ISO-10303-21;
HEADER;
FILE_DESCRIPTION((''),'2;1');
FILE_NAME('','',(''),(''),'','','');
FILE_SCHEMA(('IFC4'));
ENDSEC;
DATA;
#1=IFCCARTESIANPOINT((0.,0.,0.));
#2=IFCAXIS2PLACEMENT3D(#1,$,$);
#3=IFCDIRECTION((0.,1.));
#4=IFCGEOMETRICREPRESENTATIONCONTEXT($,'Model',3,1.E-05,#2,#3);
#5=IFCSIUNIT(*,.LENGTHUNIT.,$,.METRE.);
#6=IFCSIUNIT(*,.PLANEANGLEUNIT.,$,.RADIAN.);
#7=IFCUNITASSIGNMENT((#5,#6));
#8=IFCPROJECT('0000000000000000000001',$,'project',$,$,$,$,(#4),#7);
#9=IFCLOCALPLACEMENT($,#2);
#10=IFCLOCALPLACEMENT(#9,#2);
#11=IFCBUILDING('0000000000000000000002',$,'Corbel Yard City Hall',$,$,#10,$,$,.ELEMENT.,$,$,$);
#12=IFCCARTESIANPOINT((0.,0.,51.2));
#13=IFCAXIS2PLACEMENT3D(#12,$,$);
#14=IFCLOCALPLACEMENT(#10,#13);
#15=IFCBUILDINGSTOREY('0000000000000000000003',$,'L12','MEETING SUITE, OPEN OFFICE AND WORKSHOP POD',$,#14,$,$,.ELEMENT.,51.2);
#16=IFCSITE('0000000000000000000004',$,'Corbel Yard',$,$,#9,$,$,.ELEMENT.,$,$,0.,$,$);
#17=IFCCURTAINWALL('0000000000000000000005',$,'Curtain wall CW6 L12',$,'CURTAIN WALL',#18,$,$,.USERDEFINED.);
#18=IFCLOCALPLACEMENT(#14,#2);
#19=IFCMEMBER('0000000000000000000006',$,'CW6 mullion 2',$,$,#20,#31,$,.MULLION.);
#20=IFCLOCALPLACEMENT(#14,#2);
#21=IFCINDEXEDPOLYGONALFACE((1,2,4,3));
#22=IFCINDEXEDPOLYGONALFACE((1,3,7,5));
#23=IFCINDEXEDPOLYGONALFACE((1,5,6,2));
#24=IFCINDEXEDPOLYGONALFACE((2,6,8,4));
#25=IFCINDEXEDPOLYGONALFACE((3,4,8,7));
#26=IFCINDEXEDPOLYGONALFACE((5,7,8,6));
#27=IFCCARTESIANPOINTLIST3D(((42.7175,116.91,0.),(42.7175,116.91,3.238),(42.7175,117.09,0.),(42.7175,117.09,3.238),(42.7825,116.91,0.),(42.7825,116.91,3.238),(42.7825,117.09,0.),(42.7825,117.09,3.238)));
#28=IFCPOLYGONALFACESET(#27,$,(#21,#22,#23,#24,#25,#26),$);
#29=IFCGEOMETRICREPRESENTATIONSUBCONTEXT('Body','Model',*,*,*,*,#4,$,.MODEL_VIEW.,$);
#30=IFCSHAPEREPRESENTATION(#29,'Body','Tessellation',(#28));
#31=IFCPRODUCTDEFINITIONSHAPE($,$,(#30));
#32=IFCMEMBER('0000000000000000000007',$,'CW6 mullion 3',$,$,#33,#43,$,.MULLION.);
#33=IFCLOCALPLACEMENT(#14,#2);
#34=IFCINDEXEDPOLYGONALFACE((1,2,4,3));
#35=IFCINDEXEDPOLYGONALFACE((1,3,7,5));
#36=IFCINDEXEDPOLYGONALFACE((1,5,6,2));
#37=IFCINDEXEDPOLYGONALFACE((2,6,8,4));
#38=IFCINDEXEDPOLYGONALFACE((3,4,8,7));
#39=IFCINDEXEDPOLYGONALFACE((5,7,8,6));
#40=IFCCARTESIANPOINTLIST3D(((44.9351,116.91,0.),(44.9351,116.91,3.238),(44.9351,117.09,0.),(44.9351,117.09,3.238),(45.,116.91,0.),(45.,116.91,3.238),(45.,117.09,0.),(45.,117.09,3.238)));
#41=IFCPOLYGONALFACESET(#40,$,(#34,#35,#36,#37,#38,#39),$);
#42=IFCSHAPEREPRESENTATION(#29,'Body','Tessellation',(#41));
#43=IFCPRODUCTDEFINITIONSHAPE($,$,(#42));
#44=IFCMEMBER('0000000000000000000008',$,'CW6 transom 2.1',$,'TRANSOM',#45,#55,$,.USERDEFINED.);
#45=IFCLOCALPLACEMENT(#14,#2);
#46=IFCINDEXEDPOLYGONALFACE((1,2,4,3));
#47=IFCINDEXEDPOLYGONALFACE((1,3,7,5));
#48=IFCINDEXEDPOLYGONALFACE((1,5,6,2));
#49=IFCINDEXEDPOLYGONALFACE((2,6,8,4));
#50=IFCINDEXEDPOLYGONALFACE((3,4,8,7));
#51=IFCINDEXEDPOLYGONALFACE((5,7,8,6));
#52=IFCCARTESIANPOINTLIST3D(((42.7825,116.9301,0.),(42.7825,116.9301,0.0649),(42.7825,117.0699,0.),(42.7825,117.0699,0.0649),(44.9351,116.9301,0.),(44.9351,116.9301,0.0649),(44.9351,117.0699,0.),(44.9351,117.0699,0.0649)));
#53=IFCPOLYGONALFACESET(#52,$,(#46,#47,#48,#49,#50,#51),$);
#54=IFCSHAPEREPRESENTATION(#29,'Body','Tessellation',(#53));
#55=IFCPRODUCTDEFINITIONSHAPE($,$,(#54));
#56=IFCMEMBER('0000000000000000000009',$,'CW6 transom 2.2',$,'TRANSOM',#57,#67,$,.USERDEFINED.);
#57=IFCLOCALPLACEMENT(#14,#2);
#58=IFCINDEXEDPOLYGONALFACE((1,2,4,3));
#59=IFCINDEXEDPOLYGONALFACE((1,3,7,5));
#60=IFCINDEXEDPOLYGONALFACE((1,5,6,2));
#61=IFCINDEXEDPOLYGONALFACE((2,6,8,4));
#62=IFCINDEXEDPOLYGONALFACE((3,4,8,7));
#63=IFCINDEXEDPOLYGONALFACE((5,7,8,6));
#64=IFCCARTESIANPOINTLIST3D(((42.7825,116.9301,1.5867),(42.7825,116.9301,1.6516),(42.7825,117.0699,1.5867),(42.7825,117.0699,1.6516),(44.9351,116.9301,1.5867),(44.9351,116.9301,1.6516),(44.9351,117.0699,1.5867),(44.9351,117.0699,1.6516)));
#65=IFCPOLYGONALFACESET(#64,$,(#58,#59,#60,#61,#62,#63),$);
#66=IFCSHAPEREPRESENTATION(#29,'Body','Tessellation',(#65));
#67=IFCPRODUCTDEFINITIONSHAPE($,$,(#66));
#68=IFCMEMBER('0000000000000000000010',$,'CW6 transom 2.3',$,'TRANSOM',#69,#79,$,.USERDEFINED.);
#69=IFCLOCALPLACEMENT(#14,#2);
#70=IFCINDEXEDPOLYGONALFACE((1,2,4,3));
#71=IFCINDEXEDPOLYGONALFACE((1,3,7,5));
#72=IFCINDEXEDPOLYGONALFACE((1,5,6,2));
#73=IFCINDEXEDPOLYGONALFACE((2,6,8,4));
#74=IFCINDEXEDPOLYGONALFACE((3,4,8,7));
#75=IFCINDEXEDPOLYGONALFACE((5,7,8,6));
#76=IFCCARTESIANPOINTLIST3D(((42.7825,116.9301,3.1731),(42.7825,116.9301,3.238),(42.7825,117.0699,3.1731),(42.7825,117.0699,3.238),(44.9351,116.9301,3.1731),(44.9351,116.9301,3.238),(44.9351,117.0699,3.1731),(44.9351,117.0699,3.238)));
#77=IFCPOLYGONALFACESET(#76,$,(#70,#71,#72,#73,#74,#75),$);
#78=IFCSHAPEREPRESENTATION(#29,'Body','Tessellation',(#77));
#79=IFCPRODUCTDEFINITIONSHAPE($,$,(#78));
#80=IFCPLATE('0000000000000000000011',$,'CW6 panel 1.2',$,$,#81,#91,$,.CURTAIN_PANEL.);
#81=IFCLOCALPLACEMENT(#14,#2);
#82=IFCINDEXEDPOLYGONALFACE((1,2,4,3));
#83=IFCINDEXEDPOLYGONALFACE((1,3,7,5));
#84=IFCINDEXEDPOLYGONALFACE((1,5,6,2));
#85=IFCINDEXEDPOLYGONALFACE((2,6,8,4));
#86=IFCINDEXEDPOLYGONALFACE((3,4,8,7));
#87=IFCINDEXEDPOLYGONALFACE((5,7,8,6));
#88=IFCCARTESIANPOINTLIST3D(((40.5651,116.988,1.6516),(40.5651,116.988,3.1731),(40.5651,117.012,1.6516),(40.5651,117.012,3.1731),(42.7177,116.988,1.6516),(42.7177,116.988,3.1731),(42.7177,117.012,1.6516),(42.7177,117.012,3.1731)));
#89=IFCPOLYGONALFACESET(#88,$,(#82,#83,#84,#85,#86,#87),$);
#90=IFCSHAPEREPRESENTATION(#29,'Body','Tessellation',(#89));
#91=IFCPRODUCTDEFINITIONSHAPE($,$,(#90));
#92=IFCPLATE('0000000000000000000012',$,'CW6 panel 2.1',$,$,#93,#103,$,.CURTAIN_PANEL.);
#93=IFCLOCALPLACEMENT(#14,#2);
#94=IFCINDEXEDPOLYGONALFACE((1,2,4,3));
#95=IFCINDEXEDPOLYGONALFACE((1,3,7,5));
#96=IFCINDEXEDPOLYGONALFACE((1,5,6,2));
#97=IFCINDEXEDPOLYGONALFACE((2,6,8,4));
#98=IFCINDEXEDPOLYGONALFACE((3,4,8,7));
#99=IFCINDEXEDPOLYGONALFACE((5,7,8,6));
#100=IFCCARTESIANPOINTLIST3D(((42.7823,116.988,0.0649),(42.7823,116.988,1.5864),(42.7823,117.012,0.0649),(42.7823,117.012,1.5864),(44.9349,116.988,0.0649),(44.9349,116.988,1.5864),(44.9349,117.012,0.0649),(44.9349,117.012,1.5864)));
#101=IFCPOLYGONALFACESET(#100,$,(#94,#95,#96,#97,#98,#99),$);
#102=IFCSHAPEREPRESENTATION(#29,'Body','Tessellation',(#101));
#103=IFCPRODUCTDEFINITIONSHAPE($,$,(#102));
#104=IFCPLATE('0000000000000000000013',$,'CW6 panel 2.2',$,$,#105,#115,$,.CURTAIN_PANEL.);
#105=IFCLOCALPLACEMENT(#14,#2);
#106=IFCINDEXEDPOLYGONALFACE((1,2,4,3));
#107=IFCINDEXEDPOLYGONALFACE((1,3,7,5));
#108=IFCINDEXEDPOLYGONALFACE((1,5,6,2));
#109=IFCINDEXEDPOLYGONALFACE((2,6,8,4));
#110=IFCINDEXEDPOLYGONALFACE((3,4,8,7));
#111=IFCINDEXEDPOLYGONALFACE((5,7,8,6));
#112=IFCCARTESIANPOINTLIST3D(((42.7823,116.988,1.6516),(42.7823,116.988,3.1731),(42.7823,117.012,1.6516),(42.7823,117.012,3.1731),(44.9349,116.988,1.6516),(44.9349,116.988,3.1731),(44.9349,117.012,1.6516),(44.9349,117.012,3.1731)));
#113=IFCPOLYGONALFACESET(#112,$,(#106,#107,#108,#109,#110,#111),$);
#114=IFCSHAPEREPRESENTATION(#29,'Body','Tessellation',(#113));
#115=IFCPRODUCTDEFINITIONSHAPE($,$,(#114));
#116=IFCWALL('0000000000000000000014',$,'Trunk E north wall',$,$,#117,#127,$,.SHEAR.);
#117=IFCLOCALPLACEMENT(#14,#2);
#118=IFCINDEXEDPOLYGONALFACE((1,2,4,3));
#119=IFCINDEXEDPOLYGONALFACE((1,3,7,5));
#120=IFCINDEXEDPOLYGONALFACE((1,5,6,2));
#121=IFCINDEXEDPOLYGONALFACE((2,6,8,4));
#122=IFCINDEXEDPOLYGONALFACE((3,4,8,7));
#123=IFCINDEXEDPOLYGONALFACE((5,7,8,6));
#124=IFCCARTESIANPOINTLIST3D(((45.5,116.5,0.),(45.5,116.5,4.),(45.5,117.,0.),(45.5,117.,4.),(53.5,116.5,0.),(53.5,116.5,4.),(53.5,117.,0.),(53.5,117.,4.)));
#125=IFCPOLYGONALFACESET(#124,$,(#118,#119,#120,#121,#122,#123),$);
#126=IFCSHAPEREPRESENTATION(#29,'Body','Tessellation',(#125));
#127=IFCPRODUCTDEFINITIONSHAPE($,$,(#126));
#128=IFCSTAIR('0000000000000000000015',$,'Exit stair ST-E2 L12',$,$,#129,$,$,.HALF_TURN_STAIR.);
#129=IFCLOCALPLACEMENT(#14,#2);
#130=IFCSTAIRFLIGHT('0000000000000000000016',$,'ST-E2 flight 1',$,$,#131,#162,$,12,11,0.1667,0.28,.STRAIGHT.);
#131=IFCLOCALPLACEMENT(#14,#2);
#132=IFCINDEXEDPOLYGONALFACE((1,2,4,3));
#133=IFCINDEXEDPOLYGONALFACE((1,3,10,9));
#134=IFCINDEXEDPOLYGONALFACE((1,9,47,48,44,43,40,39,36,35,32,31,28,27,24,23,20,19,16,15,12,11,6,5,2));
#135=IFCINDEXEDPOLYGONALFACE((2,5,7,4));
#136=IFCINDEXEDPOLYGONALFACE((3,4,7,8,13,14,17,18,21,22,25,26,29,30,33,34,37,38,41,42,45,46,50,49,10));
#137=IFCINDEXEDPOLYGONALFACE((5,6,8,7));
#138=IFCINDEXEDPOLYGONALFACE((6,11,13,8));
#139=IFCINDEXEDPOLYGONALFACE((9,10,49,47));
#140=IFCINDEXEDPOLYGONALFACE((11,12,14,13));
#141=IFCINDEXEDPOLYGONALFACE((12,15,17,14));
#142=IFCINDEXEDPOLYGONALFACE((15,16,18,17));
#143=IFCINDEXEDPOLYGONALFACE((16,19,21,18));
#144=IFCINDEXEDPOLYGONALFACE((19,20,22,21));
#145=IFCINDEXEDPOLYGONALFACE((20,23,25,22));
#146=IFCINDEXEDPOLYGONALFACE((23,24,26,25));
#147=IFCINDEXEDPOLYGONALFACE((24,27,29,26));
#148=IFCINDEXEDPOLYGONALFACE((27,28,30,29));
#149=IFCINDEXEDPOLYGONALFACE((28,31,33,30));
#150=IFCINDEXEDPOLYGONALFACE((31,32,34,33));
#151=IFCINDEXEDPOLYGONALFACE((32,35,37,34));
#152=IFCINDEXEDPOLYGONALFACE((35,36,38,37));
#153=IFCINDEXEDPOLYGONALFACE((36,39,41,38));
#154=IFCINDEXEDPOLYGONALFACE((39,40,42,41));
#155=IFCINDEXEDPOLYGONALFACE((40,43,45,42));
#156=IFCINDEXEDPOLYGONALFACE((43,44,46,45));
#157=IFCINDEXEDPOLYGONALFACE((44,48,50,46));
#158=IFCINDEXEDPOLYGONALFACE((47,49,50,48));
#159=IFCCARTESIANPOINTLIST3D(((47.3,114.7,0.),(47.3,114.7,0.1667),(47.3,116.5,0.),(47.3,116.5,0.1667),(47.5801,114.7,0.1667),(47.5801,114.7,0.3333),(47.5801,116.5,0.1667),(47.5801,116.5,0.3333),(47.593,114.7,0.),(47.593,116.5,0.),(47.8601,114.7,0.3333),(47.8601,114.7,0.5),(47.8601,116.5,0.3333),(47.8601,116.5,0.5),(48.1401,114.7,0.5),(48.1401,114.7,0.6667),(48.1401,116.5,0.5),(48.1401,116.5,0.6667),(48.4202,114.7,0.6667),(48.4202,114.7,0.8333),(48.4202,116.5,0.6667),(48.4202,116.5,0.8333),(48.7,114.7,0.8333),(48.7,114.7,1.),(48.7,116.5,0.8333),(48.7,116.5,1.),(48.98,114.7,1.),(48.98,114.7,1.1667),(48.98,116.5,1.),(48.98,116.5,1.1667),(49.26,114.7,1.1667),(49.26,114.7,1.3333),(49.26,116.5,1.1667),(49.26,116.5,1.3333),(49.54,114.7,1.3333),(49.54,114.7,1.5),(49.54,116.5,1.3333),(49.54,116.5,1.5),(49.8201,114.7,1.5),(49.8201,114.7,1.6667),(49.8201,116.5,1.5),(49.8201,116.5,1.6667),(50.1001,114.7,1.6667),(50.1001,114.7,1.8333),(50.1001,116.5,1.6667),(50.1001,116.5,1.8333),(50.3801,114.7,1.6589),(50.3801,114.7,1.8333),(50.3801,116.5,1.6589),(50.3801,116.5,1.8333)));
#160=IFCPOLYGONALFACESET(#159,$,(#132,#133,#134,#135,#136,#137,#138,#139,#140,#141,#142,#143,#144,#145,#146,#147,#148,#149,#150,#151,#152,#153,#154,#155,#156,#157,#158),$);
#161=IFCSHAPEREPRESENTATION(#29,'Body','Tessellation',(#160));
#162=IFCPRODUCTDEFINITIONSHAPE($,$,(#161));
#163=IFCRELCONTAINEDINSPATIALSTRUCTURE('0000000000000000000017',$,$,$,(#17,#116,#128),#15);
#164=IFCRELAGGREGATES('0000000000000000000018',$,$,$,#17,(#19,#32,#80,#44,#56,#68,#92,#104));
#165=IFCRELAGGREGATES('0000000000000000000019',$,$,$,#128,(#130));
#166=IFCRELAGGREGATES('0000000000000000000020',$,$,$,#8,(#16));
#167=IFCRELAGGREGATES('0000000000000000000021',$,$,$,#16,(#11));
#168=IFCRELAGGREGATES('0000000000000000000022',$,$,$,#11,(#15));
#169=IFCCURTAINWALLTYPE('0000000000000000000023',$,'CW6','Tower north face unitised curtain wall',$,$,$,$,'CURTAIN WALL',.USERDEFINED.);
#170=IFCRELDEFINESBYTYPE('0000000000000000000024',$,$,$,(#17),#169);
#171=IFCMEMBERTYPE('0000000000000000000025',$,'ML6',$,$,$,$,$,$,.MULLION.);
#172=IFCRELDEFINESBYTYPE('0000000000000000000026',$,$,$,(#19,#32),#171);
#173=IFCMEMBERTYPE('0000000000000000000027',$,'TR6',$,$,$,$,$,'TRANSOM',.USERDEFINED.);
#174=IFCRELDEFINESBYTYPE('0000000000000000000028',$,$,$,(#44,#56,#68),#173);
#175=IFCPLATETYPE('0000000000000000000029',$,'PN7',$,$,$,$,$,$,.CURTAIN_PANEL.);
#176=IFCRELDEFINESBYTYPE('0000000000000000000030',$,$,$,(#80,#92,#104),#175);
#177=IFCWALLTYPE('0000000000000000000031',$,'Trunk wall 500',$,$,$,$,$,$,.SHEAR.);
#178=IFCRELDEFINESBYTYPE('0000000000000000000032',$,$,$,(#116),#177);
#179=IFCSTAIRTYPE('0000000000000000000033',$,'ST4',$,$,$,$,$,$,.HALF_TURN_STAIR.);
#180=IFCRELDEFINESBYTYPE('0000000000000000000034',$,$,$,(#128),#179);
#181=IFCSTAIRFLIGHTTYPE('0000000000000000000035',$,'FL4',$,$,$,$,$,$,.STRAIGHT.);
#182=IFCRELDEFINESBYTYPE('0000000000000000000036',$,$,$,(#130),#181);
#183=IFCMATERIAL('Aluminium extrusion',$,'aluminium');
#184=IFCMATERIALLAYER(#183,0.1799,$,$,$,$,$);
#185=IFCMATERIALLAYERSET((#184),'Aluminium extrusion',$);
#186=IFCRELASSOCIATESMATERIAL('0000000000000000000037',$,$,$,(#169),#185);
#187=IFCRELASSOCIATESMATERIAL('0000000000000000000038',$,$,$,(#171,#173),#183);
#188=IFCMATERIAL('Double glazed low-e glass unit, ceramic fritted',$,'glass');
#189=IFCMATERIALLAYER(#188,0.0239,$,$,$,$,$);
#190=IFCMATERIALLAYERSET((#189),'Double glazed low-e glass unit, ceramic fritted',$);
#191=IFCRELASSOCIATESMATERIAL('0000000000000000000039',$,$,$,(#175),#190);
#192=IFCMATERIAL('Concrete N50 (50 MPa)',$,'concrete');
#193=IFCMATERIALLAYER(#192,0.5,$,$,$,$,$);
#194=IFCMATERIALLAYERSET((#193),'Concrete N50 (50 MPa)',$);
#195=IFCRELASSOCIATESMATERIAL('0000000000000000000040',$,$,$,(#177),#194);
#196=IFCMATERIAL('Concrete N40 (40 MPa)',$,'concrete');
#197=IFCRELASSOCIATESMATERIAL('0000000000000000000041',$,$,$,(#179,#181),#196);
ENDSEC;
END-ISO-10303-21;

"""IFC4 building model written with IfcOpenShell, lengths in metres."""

from ifc_helpers import new_model, si_unit, direction, frame, frame_2d, origin, origin_2d, place, context, subcontext, project, spatial, polyline, rectangle, outline, extrude, material, layer, layer_set, material_profile, profile_set, type_object, element, aggregate, save


model = new_model("IFC4")

# Units and contexts
model_context = context("Model", 3, precision=1e-05, world=origin(), true_north=direction((0.0, 1.0)))
body_context = subcontext(model_context, "Body", "Model", "MODEL_VIEW")
ifc_project = project(units=[si_unit("LENGTHUNIT", "METRE"), si_unit("PLANEANGLEUNIT", "RADIAN")], contexts=[model_context])

# Site, building, storey
site_placement = place(None, origin())
site = spatial("IfcSite", under=ifc_project, at=site_placement, Name="Corbel Yard", CompositionType="ELEMENT", RefElevation=0.0)
building_placement = place(site_placement, origin())
building = spatial("IfcBuilding", under=site, at=building_placement, Name="Corbel Yard City Hall", CompositionType="ELEMENT")
storey_placement = place(building_placement, frame((0.0, 0.0, 51.2)))
storey = spatial("IfcBuildingStorey", under=building, at=storey_placement, Name="L12", Description="MEETING SUITE, OPEN OFFICE AND WORKSHOP POD", CompositionType="ELEMENT", Elevation=51.2)

# Curtain wall, members, plates
ifc_material_1 = material(Name="Aluminium extrusion", Category="aluminium")
ifc_layer_1 = layer(ifc_material_1, 0.1799)
ifc_layer_set_1 = layer_set([ifc_layer_1], Name="Aluminium extrusion")
curtain_wall_type = type_object("IfcCurtainWallType", Name="CW6", Description="Tower north face unitised curtain wall", ElementType="CURTAIN WALL", PredefinedType="USERDEFINED", material=ifc_layer_set_1)
curtain_wall_placement = place(storey_placement, origin())
curtain_wall = element("IfcCurtainWall", 1, at=curtain_wall_placement, inside=storey, type_object=curtain_wall_type, Name="Curtain wall CW6 L12", ObjectType="CURTAIN WALL", PredefinedType="USERDEFINED")
ifc_material_profile_1 = material_profile(ifc_material_1, rectangle(XDim=0.1799, YDim=0.0649, at=origin_2d()), Name="180x65")
ifc_profile_set_1 = profile_set([ifc_material_profile_1], Name="Aluminium extrusion")
member_type_1 = type_object("IfcMemberType", Name="ML6", PredefinedType="MULLION", material=ifc_profile_set_1)
member_1_placement = place(storey_placement, frame((42.75, 117.0, 0.0), z_axis=(0.0, 0.0, 1.0), x_axis=(0.0, 1.0, 0.0)))
member_1 = element("IfcMember", 2, at=member_1_placement, type_object=member_type_1, Name="CW6 mullion 2", PredefinedType="MULLION", context=body_context, shape_type="SweptSolid", body=[
    extrude(rectangle(XDim=0.1799, YDim=0.0649, at=origin_2d()), origin(), (0.0, 0.0, 1.0), 3.238),
])
member_2_placement = place(storey_placement, frame((44.9675, 117.0, 0.0), z_axis=(0.0, 0.0, 1.0), x_axis=(0.0, 1.0, 0.0)))
member_2 = element("IfcMember", 3, at=member_2_placement, type_object=member_type_1, Name="CW6 mullion 3", PredefinedType="MULLION", context=body_context, shape_type="SweptSolid", body=[
    extrude(rectangle(XDim=0.1799, YDim=0.0649, at=origin_2d()), origin(), (0.0, 0.0, 1.0), 3.238),
])
ifc_material_profile_2 = material_profile(ifc_material_1, rectangle(XDim=0.1399, YDim=0.0649, at=origin_2d()), Name="140x65")
ifc_profile_set_2 = profile_set([ifc_material_profile_2], Name="Aluminium extrusion")
member_type_2 = type_object("IfcMemberType", Name="TR6", ElementType="TRANSOM", PredefinedType="USERDEFINED", material=ifc_profile_set_2)
member_3_placement = place(storey_placement, frame((42.7825, 117.0, 0.0325), z_axis=(1.0, 0.0, 0.0), x_axis=(0.0, 1.0, 0.0)))
member_3 = element("IfcMember", 4, at=member_3_placement, type_object=member_type_2, Name="CW6 transom 2.1", ObjectType="TRANSOM", PredefinedType="USERDEFINED", context=body_context, shape_type="SweptSolid", body=[
    extrude(rectangle(XDim=0.1399, YDim=0.0649, at=origin_2d()), origin(), (0.0, 0.0, 1.0), 2.1526),
])
member_4_placement = place(storey_placement, frame((42.7825, 117.0, 1.6191), z_axis=(1.0, 0.0, 0.0), x_axis=(0.0, 1.0, 0.0)))
member_4 = element("IfcMember", 5, at=member_4_placement, type_object=member_type_2, Name="CW6 transom 2.2", ObjectType="TRANSOM", PredefinedType="USERDEFINED", context=body_context, shape_type="SweptSolid", body=[
    extrude(rectangle(XDim=0.1399, YDim=0.0649, at=origin_2d()), origin(), (0.0, 0.0, 1.0), 2.1526),
])
member_5_placement = place(storey_placement, frame((42.7825, 117.0, 3.2056), z_axis=(1.0, 0.0, 0.0), x_axis=(0.0, 1.0, 0.0)))
member_5 = element("IfcMember", 6, at=member_5_placement, type_object=member_type_2, Name="CW6 transom 2.3", ObjectType="TRANSOM", PredefinedType="USERDEFINED", context=body_context, shape_type="SweptSolid", body=[
    extrude(rectangle(XDim=0.1399, YDim=0.0649, at=origin_2d()), origin(), (0.0, 0.0, 1.0), 2.1526),
])
ifc_material_2 = material(Name="Double glazed low-e glass unit, ceramic fritted", Category="glass")
ifc_layer_2 = layer(ifc_material_2, 0.0239)
ifc_layer_set_2 = layer_set([ifc_layer_2], Name="Double glazed low-e glass unit, ceramic fritted")
plate_type = type_object("IfcPlateType", Name="PN7", PredefinedType="CURTAIN_PANEL", material=ifc_layer_set_2)
plate_1_placement = place(storey_placement, frame((41.6414, 117.0, 1.6516), z_axis=(0.0, 0.0, 1.0), x_axis=(1.0, 0.0, 0.0)))
plate_1 = element("IfcPlate", 7, at=plate_1_placement, type_object=plate_type, Name="CW6 panel 1.2", PredefinedType="CURTAIN_PANEL", context=body_context, shape_type="SweptSolid", body=[
    extrude(rectangle(XDim=2.1526, YDim=0.0239, at=origin_2d()), origin(), (0.0, 0.0, 1.0), 1.5215),
])
plate_2_placement = place(storey_placement, frame((43.8586, 117.0, 0.0649), z_axis=(0.0, 0.0, 1.0), x_axis=(1.0, 0.0, 0.0)))
plate_2 = element("IfcPlate", 8, at=plate_2_placement, type_object=plate_type, Name="CW6 panel 2.1", PredefinedType="CURTAIN_PANEL", context=body_context, shape_type="SweptSolid", body=[
    extrude(rectangle(XDim=2.1526, YDim=0.0239, at=origin_2d()), origin(), (0.0, 0.0, 1.0), 1.5215),
])
plate_3_placement = place(storey_placement, frame((43.8586, 117.0, 1.6516), z_axis=(0.0, 0.0, 1.0), x_axis=(1.0, 0.0, 0.0)))
plate_3 = element("IfcPlate", 9, at=plate_3_placement, type_object=plate_type, Name="CW6 panel 2.2", PredefinedType="CURTAIN_PANEL", context=body_context, shape_type="SweptSolid", body=[
    extrude(rectangle(XDim=2.1526, YDim=0.0239, at=origin_2d()), origin(), (0.0, 0.0, 1.0), 1.5215),
])
aggregate(curtain_wall, [member_1, member_2, plate_1, member_3, member_4, member_5, plate_2, plate_3])

# Wall
ifc_material_3 = material(Name="Concrete N50 (50 MPa)", Category="concrete")
ifc_layer_3 = layer(ifc_material_3, 0.5)
ifc_layer_set_3 = layer_set([ifc_layer_3], Name="Concrete N50 (50 MPa)")
wall_type = type_object("IfcWallType", Name="Trunk wall 500", PredefinedType="SHEAR", material=ifc_layer_set_3)
wall_placement = place(storey_placement, frame((45.5, 116.75, 0.0), z_axis=(0.0, 0.0, 1.0), x_axis=(1.0, 0.0, 0.0)))
element("IfcWall", 10, at=wall_placement, inside=storey, type_object=wall_type, Name="Trunk E north wall", PredefinedType="SHEAR", context=body_context, shape_type="SweptSolid", body=[
    extrude(rectangle(XDim=8.0, YDim=0.5, at=frame_2d((4.0, 0.0))), origin(), (0.0, 0.0, 1.0), 4.0),
])

# Stair, stair flight
ifc_material_4 = material(Name="Concrete N40 (40 MPa)", Category="concrete")
stair_type = type_object("IfcStairType", Name="ST4", PredefinedType="HALF_TURN_STAIR", material=ifc_material_4)
stair_placement = place(storey_placement, origin())
stair = element("IfcStair", 11, at=stair_placement, inside=storey, type_object=stair_type, Name="Exit stair ST-E2 L12", PredefinedType="HALF_TURN_STAIR")
stair_flight_type = type_object("IfcStairFlightType", Name="FL4", PredefinedType="STRAIGHT", material=ifc_material_4)
stair_flight_1_placement = place(storey_placement, frame((47.3, 115.6001, 0.0), z_axis=(0.0, 0.0, 1.0), x_axis=(1.0, 0.0, 0.0)))
stair_flight_1 = element("IfcStairFlight", 12, at=stair_flight_1_placement, type_object=stair_flight_type, Name="ST-E2 flight 1", NumberOfRisers=12, NumberOfTreads=11, PredefinedType="STRAIGHT", RiserHeight=0.1667, TreadLength=0.28, context=body_context, shape_type="SweptSolid", body=[
    extrude(outline(polyline([(0.0, 0.0), (0.0, 0.1667), (0.28, 0.1667), (0.28, 0.3333), (0.5601, 0.3333), (0.5601, 0.5), (0.8401, 0.5), (0.8401, 0.6667), (1.1201, 0.6667), (1.1201, 0.8333), (1.3999, 0.8333), (1.3999, 1.0), (1.6799, 1.0), (1.6799, 1.1667), (1.96, 1.1667), (1.96, 1.3333), (2.24, 1.3333), (2.24, 1.5), (2.52, 1.5), (2.52, 1.6667), (2.8, 1.6667), (2.8, 1.8333), (3.0801, 1.8333), (3.0801, 2.0), (3.0801, 1.6589), (0.293, 0.0), (0.0, 0.0)])), frame((0.0, 0.8999, 0.0), z_axis=(0.0, -1.0, 0.0), x_axis=(1.0, 0.0, 0.0)), (0.0, 0.0, 1.0), 1.8),
])
aggregate(stair, [stair_flight_1])

save(model, "model.ifc")
